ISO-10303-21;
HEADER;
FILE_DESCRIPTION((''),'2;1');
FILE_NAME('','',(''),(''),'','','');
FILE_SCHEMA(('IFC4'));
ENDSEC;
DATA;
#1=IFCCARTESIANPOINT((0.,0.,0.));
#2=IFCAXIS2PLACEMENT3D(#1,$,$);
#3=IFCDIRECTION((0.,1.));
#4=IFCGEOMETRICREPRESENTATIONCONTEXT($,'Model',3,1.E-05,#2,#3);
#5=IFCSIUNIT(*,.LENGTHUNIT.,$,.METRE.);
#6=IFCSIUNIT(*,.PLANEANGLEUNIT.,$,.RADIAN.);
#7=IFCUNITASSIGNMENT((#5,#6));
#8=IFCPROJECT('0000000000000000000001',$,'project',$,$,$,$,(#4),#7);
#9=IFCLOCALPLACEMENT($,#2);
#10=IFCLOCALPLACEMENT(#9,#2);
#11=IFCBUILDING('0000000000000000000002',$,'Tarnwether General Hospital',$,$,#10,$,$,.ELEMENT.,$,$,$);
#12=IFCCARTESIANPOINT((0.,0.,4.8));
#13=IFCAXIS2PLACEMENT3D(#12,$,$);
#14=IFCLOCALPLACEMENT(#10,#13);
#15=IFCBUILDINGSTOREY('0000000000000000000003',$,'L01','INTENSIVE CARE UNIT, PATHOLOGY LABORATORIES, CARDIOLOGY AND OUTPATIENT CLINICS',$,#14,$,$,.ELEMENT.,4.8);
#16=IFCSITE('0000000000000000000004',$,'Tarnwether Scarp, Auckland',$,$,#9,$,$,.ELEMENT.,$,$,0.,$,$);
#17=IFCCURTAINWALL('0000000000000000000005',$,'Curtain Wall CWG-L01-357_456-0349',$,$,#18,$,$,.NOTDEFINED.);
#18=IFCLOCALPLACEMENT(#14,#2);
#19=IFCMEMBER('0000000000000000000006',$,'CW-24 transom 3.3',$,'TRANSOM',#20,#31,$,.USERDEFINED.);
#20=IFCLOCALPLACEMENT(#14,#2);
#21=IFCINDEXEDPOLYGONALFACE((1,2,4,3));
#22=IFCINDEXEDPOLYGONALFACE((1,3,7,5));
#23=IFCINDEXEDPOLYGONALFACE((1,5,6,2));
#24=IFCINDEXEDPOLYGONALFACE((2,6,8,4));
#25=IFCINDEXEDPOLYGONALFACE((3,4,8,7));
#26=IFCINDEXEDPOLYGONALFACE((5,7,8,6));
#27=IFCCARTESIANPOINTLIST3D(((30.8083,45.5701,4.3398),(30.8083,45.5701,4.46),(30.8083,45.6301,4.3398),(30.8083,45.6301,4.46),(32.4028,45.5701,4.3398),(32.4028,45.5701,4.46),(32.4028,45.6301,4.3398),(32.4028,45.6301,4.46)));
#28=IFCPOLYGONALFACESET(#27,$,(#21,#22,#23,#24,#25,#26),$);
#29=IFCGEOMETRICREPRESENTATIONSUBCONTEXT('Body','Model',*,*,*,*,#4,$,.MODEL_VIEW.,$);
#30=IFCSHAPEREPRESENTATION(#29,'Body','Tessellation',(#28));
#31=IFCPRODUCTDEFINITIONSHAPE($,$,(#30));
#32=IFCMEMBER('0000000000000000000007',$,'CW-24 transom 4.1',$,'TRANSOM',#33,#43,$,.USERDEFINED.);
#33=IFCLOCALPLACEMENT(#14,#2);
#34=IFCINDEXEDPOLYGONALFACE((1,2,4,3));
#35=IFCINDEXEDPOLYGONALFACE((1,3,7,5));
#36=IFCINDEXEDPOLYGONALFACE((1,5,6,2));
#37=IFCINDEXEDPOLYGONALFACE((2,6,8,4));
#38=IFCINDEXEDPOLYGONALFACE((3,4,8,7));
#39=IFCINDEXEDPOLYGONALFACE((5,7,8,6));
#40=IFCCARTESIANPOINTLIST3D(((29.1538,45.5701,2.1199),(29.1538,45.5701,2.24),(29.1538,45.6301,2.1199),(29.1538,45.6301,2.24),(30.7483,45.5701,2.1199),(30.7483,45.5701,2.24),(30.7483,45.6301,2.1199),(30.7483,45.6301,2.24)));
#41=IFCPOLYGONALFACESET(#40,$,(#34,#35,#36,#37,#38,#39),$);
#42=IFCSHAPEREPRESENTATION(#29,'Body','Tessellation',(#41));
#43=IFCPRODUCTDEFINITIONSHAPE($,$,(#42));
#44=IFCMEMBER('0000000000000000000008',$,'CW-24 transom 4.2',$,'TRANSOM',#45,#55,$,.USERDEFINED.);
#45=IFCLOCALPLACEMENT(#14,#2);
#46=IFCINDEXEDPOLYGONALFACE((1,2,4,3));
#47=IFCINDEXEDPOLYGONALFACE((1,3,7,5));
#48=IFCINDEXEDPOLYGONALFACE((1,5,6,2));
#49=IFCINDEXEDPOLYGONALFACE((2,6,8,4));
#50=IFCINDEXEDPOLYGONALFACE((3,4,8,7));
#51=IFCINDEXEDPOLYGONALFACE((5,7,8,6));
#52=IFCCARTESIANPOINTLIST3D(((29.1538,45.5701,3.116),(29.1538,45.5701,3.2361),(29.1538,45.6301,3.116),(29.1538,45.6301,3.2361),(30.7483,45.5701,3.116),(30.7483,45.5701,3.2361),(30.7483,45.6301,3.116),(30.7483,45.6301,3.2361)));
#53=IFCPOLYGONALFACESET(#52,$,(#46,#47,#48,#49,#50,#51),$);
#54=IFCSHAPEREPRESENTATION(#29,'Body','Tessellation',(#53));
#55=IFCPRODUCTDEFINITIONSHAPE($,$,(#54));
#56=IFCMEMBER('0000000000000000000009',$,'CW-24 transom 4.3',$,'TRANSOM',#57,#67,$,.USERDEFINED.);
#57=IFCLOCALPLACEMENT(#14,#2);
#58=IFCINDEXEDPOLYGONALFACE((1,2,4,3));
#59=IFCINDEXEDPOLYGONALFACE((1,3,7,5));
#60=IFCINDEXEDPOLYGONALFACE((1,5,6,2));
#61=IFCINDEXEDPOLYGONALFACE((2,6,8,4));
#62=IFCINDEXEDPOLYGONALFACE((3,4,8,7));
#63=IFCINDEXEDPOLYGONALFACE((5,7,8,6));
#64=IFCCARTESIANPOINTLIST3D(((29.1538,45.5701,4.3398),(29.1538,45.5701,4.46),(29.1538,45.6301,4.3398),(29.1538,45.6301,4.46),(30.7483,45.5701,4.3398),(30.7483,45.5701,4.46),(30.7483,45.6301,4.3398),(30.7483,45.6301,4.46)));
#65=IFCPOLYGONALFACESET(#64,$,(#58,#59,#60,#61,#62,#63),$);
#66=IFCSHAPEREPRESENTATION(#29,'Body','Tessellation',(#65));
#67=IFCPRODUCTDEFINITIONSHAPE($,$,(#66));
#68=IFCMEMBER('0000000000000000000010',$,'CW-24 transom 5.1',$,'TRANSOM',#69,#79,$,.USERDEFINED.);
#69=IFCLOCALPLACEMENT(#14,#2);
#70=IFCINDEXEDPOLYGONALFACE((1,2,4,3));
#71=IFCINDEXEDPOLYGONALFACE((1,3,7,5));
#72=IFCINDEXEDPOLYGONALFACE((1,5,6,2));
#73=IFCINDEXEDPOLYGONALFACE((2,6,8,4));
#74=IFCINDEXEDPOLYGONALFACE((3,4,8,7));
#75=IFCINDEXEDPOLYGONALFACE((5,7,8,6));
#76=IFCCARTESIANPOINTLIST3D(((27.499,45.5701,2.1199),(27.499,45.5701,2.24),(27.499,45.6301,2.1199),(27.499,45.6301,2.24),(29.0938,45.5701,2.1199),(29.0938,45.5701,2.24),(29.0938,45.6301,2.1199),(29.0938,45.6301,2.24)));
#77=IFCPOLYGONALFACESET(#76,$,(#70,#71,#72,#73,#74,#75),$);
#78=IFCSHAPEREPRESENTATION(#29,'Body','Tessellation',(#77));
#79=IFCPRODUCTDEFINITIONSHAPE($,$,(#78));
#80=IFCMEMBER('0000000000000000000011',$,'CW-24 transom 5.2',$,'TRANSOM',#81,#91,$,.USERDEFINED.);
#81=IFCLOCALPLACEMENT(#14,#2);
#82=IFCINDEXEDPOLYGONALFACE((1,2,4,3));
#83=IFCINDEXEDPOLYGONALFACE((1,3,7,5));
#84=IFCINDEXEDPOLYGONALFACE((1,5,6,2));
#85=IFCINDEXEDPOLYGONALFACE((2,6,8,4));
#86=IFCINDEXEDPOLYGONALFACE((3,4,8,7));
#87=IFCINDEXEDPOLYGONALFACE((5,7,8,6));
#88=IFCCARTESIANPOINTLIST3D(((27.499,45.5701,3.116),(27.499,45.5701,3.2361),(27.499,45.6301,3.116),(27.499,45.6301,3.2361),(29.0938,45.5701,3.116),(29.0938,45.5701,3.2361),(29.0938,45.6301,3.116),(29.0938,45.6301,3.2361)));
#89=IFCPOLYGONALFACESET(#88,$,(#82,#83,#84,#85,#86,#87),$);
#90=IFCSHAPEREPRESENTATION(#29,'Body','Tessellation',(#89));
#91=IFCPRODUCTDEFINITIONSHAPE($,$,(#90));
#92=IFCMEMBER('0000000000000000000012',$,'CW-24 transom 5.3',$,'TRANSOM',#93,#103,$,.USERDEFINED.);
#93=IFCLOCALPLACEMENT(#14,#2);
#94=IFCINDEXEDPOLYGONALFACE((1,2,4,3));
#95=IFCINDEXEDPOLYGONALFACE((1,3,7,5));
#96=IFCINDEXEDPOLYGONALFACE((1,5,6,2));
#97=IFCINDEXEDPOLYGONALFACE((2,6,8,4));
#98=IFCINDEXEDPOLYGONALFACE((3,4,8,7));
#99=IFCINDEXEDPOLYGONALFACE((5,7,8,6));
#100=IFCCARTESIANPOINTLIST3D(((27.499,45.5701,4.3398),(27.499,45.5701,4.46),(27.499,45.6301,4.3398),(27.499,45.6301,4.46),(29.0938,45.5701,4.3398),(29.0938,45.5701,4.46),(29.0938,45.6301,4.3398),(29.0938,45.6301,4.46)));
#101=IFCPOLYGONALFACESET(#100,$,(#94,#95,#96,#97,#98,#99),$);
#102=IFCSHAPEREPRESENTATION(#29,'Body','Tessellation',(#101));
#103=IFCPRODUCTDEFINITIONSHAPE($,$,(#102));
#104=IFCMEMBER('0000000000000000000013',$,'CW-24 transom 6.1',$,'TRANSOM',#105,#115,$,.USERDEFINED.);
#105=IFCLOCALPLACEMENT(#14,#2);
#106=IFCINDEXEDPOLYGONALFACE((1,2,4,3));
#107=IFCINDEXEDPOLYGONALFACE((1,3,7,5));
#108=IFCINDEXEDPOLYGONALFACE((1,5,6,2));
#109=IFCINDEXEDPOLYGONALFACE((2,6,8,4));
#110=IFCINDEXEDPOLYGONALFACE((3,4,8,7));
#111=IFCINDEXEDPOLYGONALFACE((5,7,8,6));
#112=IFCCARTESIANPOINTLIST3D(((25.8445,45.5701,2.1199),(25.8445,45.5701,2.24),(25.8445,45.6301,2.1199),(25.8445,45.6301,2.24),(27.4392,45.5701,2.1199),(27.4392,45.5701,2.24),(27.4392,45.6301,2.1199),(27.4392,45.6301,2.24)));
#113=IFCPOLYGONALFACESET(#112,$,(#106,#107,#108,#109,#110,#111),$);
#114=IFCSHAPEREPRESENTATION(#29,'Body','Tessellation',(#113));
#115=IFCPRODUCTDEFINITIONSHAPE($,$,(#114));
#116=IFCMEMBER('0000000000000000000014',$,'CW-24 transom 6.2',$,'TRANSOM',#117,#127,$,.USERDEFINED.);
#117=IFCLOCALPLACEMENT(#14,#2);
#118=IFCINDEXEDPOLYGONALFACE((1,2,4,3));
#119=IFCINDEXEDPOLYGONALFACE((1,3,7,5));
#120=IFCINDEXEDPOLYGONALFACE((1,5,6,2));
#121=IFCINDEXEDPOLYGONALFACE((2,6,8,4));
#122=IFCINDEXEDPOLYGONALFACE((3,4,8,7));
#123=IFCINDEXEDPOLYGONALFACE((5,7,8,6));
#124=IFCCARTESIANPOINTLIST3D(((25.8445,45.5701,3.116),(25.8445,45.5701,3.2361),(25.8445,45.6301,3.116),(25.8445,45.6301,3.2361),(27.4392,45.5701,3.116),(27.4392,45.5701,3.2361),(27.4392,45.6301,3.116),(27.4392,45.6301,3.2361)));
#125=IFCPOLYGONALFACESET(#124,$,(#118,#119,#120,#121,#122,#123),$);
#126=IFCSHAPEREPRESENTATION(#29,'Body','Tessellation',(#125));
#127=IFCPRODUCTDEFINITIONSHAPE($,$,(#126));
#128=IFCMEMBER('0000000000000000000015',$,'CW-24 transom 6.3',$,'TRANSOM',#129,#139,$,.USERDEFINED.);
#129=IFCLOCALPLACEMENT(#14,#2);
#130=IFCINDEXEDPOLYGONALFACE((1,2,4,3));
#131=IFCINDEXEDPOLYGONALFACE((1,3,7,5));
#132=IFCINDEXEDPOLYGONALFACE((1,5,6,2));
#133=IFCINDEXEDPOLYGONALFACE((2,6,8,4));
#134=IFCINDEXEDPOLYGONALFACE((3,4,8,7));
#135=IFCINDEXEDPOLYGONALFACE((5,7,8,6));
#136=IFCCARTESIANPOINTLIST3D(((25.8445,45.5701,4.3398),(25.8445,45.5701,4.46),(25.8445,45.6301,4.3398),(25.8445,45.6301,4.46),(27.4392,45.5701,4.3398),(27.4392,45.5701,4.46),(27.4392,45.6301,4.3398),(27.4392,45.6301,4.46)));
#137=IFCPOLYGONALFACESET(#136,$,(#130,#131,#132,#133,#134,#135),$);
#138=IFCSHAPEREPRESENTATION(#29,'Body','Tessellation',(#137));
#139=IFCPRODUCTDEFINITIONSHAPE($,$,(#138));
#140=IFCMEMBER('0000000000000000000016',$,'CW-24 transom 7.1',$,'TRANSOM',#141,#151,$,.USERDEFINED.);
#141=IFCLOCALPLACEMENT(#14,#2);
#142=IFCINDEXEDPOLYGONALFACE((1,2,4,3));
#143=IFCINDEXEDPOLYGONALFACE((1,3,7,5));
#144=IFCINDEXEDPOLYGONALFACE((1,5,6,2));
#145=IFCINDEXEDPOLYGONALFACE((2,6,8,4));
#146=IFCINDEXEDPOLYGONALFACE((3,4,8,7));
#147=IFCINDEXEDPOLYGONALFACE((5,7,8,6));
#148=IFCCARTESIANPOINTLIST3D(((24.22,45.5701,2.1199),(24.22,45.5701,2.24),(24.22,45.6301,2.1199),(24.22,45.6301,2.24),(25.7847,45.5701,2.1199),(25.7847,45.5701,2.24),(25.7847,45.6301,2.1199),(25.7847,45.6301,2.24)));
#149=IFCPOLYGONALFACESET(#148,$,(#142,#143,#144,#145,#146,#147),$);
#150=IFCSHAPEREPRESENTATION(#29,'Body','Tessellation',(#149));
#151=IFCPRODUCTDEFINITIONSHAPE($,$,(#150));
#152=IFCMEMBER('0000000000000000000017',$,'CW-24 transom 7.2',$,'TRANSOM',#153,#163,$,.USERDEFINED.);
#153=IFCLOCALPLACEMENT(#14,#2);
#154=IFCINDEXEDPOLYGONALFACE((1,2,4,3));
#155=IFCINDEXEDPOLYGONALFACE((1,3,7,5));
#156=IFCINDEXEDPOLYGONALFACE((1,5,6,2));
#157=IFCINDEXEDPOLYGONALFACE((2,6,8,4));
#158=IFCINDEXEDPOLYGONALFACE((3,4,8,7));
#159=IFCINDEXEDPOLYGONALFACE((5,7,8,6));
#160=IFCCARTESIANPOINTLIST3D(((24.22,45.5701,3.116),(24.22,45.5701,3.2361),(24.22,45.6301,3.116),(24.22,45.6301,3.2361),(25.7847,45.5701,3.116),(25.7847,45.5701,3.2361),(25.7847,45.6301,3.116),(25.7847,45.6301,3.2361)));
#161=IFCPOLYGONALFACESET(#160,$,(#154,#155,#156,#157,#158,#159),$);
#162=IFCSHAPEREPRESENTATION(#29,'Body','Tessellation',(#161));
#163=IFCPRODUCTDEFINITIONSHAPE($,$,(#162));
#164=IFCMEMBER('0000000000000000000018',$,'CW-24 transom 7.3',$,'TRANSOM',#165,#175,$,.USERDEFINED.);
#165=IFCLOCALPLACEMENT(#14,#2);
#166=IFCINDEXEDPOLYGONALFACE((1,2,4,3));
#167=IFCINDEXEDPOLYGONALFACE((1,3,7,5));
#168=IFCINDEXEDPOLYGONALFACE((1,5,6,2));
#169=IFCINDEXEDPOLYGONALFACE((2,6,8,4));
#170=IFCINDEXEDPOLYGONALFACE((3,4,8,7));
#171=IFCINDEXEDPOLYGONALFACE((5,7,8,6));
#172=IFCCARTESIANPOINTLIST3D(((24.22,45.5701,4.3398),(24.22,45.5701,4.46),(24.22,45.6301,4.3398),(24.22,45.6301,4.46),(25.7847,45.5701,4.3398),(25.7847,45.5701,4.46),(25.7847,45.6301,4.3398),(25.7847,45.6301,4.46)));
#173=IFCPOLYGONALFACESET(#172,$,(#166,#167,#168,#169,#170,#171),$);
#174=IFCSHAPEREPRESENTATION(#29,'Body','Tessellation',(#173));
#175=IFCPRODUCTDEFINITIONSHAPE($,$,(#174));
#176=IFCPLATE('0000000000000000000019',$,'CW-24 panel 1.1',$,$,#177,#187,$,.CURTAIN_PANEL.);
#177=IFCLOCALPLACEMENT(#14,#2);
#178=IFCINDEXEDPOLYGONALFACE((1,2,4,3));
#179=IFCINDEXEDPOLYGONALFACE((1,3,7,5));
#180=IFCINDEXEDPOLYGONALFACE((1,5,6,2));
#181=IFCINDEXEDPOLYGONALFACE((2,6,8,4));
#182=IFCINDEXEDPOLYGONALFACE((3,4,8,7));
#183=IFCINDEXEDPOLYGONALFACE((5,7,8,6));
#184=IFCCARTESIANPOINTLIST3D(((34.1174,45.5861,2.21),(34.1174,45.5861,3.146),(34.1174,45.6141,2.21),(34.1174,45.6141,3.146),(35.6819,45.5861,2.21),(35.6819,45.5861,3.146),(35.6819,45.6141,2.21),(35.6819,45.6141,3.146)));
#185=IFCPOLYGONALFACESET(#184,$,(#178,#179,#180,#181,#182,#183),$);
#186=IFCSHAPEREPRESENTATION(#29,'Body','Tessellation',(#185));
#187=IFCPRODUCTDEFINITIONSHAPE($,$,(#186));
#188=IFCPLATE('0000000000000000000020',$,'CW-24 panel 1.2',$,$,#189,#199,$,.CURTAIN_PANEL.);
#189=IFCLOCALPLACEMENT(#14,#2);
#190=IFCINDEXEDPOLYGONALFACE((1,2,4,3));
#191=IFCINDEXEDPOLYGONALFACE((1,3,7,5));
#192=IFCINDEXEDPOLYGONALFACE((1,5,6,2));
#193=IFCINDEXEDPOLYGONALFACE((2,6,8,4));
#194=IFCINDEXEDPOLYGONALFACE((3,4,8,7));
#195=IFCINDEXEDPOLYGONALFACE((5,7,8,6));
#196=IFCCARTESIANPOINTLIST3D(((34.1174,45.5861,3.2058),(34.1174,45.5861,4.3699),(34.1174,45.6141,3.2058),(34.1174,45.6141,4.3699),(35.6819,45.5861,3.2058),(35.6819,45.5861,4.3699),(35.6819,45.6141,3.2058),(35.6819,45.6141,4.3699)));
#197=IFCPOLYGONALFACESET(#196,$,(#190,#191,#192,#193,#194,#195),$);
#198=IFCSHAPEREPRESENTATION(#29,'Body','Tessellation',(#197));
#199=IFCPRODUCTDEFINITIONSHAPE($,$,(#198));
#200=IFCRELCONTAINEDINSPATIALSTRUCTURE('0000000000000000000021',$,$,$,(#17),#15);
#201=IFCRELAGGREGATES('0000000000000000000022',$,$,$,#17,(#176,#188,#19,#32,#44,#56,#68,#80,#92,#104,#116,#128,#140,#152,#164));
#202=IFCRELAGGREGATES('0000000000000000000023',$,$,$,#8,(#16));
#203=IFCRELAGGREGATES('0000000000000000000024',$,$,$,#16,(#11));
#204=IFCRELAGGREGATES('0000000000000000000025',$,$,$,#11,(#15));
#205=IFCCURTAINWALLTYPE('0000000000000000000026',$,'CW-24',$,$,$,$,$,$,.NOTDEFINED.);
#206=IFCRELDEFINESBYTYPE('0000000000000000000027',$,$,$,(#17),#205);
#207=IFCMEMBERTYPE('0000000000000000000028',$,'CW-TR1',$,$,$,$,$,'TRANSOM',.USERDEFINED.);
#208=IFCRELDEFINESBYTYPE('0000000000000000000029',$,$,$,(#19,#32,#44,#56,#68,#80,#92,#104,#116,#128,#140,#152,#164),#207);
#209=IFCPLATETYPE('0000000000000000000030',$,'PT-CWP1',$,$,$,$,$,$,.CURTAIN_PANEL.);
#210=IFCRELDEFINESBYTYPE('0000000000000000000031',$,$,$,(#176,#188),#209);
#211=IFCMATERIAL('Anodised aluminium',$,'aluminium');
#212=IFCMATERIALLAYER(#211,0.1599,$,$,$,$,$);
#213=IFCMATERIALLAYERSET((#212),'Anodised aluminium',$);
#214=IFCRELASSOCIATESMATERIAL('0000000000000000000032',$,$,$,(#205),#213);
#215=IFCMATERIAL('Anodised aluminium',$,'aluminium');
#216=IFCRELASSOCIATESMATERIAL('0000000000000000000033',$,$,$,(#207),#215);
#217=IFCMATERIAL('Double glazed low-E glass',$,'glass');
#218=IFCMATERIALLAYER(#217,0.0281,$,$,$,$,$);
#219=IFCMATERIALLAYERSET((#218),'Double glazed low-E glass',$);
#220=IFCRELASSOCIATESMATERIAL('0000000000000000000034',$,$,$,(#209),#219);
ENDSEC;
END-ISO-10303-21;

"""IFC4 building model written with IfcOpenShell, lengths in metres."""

from ifc_helpers import new_model, si_unit, direction, frame, origin, origin_2d, place, context, subcontext, project, spatial, rectangle, extrude, material, layer, layer_set, material_profile, profile_set, type_object, element, aggregate, save


model = new_model("IFC4")

# Units and contexts
model_context = context("Model", 3, precision=1e-05, world=origin(), true_north=direction((0.0, 1.0)))
body_context = subcontext(model_context, "Body", "Model", "MODEL_VIEW")
ifc_project = project(units=[si_unit("LENGTHUNIT", "METRE"), si_unit("PLANEANGLEUNIT", "RADIAN")], contexts=[model_context])

# Site, building, storey
site_placement = place(None, origin())
site = spatial("IfcSite", under=ifc_project, at=site_placement, Name="Tarnwether Scarp, Auckland", CompositionType="ELEMENT", RefElevation=0.0)
building_placement = place(site_placement, origin())
building = spatial("IfcBuilding", under=site, at=building_placement, Name="Tarnwether General Hospital", CompositionType="ELEMENT")
storey_placement = place(building_placement, frame((0.0, 0.0, 4.8)))
storey = spatial("IfcBuildingStorey", under=building, at=storey_placement, Name="L01", Description="INTENSIVE CARE UNIT, PATHOLOGY LABORATORIES, CARDIOLOGY AND OUTPATIENT CLINICS", CompositionType="ELEMENT", Elevation=4.8)

# Curtain wall, members, plates
ifc_material_1 = material(Name="Anodised aluminium", Category="aluminium")
ifc_layer_1 = layer(ifc_material_1, 0.1599)
ifc_layer_set_1 = layer_set([ifc_layer_1], Name="Anodised aluminium")
curtain_wall_type = type_object("IfcCurtainWallType", Name="CW-24", PredefinedType="NOTDEFINED", material=ifc_layer_set_1)
curtain_wall_placement = place(storey_placement, origin())
curtain_wall = element("IfcCurtainWall", 1, at=curtain_wall_placement, inside=storey, type_object=curtain_wall_type, Name="Curtain Wall CWG-L01-357_456-0349", PredefinedType="NOTDEFINED")
ifc_material_2 = material(Name="Anodised aluminium", Category="aluminium")
ifc_material_profile_1 = material_profile(ifc_material_2, rectangle(XDim=0.0601, YDim=0.1201, at=origin_2d()), Name="ALU-TRN-60x120")
ifc_profile_set_1 = profile_set([ifc_material_profile_1], Name="Anodised aluminium")
member_type_1 = type_object("IfcMemberType", Name="CW-TR1", ElementType="TRANSOM", PredefinedType="USERDEFINED", material=ifc_profile_set_1)
member_1_placement = place(storey_placement, frame((32.4028, 45.6001, 4.3999), z_axis=(-1.0, 0.0, 0.0), x_axis=(0.0, -1.0, 0.0)))
member_1 = element("IfcMember", 2, at=member_1_placement, type_object=member_type_1, Name="CW-24 transom 3.3", ObjectType="TRANSOM", PredefinedType="USERDEFINED", context=body_context, shape_type="SweptSolid", body=[
    extrude(rectangle(XDim=0.0601, YDim=0.1201, at=origin_2d()), origin(), (0.0, 0.0, 1.0), 1.5945),
])
member_2_placement = place(storey_placement, frame((30.7483, 45.6001, 2.1799), z_axis=(-1.0, 0.0, 0.0), x_axis=(0.0, -1.0, 0.0)))
member_2 = element("IfcMember", 3, at=member_2_placement, type_object=member_type_1, Name="CW-24 transom 4.1", ObjectType="TRANSOM", PredefinedType="USERDEFINED", context=body_context, shape_type="SweptSolid", body=[
    extrude(rectangle(XDim=0.0601, YDim=0.1201, at=origin_2d()), origin(), (0.0, 0.0, 1.0), 1.5945),
])
member_3_placement = place(storey_placement, frame((30.7483, 45.6001, 3.176), z_axis=(-1.0, 0.0, 0.0), x_axis=(0.0, -1.0, 0.0)))
member_3 = element("IfcMember", 4, at=member_3_placement, type_object=member_type_1, Name="CW-24 transom 4.2", ObjectType="TRANSOM", PredefinedType="USERDEFINED", context=body_context, shape_type="SweptSolid", body=[
    extrude(rectangle(XDim=0.0601, YDim=0.1201, at=origin_2d()), origin(), (0.0, 0.0, 1.0), 1.5945),
])
member_4_placement = place(storey_placement, frame((30.7483, 45.6001, 4.3999), z_axis=(-1.0, 0.0, 0.0), x_axis=(0.0, -1.0, 0.0)))
member_4 = element("IfcMember", 5, at=member_4_placement, type_object=member_type_1, Name="CW-24 transom 4.3", ObjectType="TRANSOM", PredefinedType="USERDEFINED", context=body_context, shape_type="SweptSolid", body=[
    extrude(rectangle(XDim=0.0601, YDim=0.1201, at=origin_2d()), origin(), (0.0, 0.0, 1.0), 1.5945),
])
member_5_placement = place(storey_placement, frame((29.0938, 45.6001, 2.1799), z_axis=(-1.0, 0.0, 0.0), x_axis=(0.0, -1.0, 0.0)))
member_5 = element("IfcMember", 6, at=member_5_placement, type_object=member_type_1, Name="CW-24 transom 5.1", ObjectType="TRANSOM", PredefinedType="USERDEFINED", context=body_context, shape_type="SweptSolid", body=[
    extrude(rectangle(XDim=0.0601, YDim=0.1201, at=origin_2d()), origin(), (0.0, 0.0, 1.0), 1.5947),
])
member_6_placement = place(storey_placement, frame((29.0938, 45.6001, 3.176), z_axis=(-1.0, 0.0, 0.0), x_axis=(0.0, -1.0, 0.0)))
member_6 = element("IfcMember", 7, at=member_6_placement, type_object=member_type_1, Name="CW-24 transom 5.2", ObjectType="TRANSOM", PredefinedType="USERDEFINED", context=body_context, shape_type="SweptSolid", body=[
    extrude(rectangle(XDim=0.0601, YDim=0.1201, at=origin_2d()), origin(), (0.0, 0.0, 1.0), 1.5947),
])
member_7_placement = place(storey_placement, frame((29.0938, 45.6001, 4.3999), z_axis=(-1.0, 0.0, 0.0), x_axis=(0.0, -1.0, 0.0)))
member_7 = element("IfcMember", 8, at=member_7_placement, type_object=member_type_1, Name="CW-24 transom 5.3", ObjectType="TRANSOM", PredefinedType="USERDEFINED", context=body_context, shape_type="SweptSolid", body=[
    extrude(rectangle(XDim=0.0601, YDim=0.1201, at=origin_2d()), origin(), (0.0, 0.0, 1.0), 1.5947),
])
member_8_placement = place(storey_placement, frame((27.4392, 45.6001, 2.1799), z_axis=(-1.0, 0.0, 0.0), x_axis=(0.0, -1.0, 0.0)))
member_8 = element("IfcMember", 9, at=member_8_placement, type_object=member_type_1, Name="CW-24 transom 6.1", ObjectType="TRANSOM", PredefinedType="USERDEFINED", context=body_context, shape_type="SweptSolid", body=[
    extrude(rectangle(XDim=0.0601, YDim=0.1201, at=origin_2d()), origin(), (0.0, 0.0, 1.0), 1.5947),
])
member_9_placement = place(storey_placement, frame((27.4392, 45.6001, 3.176), z_axis=(-1.0, 0.0, 0.0), x_axis=(0.0, -1.0, 0.0)))
member_9 = element("IfcMember", 10, at=member_9_placement, type_object=member_type_1, Name="CW-24 transom 6.2", ObjectType="TRANSOM", PredefinedType="USERDEFINED", context=body_context, shape_type="SweptSolid", body=[
    extrude(rectangle(XDim=0.0601, YDim=0.1201, at=origin_2d()), origin(), (0.0, 0.0, 1.0), 1.5947),
])
member_10_placement = place(storey_placement, frame((27.4392, 45.6001, 4.3999), z_axis=(-1.0, 0.0, 0.0), x_axis=(0.0, -1.0, 0.0)))
member_10 = element("IfcMember", 11, at=member_10_placement, type_object=member_type_1, Name="CW-24 transom 6.3", ObjectType="TRANSOM", PredefinedType="USERDEFINED", context=body_context, shape_type="SweptSolid", body=[
    extrude(rectangle(XDim=0.0601, YDim=0.1201, at=origin_2d()), origin(), (0.0, 0.0, 1.0), 1.5947),
])
member_11_placement = place(storey_placement, frame((25.7847, 45.6001, 2.1799), z_axis=(-1.0, 0.0, 0.0), x_axis=(0.0, -1.0, 0.0)))
member_11 = element("IfcMember", 12, at=member_11_placement, type_object=member_type_1, Name="CW-24 transom 7.1", ObjectType="TRANSOM", PredefinedType="USERDEFINED", context=body_context, shape_type="SweptSolid", body=[
    extrude(rectangle(XDim=0.0601, YDim=0.1201, at=origin_2d()), origin(), (0.0, 0.0, 1.0), 1.5647),
])
member_12_placement = place(storey_placement, frame((25.7847, 45.6001, 3.176), z_axis=(-1.0, 0.0, 0.0), x_axis=(0.0, -1.0, 0.0)))
member_12 = element("IfcMember", 13, at=member_12_placement, type_object=member_type_1, Name="CW-24 transom 7.2", ObjectType="TRANSOM", PredefinedType="USERDEFINED", context=body_context, shape_type="SweptSolid", body=[
    extrude(rectangle(XDim=0.0601, YDim=0.1201, at=origin_2d()), origin(), (0.0, 0.0, 1.0), 1.5647),
])
member_13_placement = place(storey_placement, frame((25.7847, 45.6001, 4.3999), z_axis=(-1.0, 0.0, 0.0), x_axis=(0.0, -1.0, 0.0)))
member_13 = element("IfcMember", 14, at=member_13_placement, type_object=member_type_1, Name="CW-24 transom 7.3", ObjectType="TRANSOM", PredefinedType="USERDEFINED", context=body_context, shape_type="SweptSolid", body=[
    extrude(rectangle(XDim=0.0601, YDim=0.1201, at=origin_2d()), origin(), (0.0, 0.0, 1.0), 1.5647),
])
ifc_material_3 = material(Name="Double glazed low-E glass", Category="glass")
ifc_layer_2 = layer(ifc_material_3, 0.0281)
ifc_layer_set_2 = layer_set([ifc_layer_2], Name="Double glazed low-E glass")
plate_type = type_object("IfcPlateType", Name="PT-CWP1", PredefinedType="CURTAIN_PANEL", material=ifc_layer_set_2)
plate_1_placement = place(storey_placement, frame((34.8997, 45.6001, 2.21), z_axis=(0.0, 0.0, 1.0), x_axis=(-1.0, 0.0, 0.0)))
plate_1 = element("IfcPlate", 15, at=plate_1_placement, type_object=plate_type, Name="CW-24 panel 1.1", PredefinedType="CURTAIN_PANEL", context=body_context, shape_type="SweptSolid", body=[
    extrude(rectangle(XDim=1.5645, YDim=0.0281, at=origin_2d()), origin(), (0.0, 0.0, 1.0), 0.936),
])
plate_2_placement = place(storey_placement, frame((34.8997, 45.6001, 3.2058), z_axis=(0.0, 0.0, 1.0), x_axis=(-1.0, 0.0, 0.0)))
plate_2 = element("IfcPlate", 16, at=plate_2_placement, type_object=plate_type, Name="CW-24 panel 1.2", PredefinedType="CURTAIN_PANEL", context=body_context, shape_type="SweptSolid", body=[
    extrude(rectangle(XDim=1.5645, YDim=0.0281, at=origin_2d()), origin(), (0.0, 0.0, 1.0), 1.1641),
])
aggregate(curtain_wall, [plate_1, plate_2, member_1, member_2, member_3, member_4, member_5, member_6, member_7, member_8, member_9, member_10, member_11, member_12, member_13])

save(model, "model.ifc")
